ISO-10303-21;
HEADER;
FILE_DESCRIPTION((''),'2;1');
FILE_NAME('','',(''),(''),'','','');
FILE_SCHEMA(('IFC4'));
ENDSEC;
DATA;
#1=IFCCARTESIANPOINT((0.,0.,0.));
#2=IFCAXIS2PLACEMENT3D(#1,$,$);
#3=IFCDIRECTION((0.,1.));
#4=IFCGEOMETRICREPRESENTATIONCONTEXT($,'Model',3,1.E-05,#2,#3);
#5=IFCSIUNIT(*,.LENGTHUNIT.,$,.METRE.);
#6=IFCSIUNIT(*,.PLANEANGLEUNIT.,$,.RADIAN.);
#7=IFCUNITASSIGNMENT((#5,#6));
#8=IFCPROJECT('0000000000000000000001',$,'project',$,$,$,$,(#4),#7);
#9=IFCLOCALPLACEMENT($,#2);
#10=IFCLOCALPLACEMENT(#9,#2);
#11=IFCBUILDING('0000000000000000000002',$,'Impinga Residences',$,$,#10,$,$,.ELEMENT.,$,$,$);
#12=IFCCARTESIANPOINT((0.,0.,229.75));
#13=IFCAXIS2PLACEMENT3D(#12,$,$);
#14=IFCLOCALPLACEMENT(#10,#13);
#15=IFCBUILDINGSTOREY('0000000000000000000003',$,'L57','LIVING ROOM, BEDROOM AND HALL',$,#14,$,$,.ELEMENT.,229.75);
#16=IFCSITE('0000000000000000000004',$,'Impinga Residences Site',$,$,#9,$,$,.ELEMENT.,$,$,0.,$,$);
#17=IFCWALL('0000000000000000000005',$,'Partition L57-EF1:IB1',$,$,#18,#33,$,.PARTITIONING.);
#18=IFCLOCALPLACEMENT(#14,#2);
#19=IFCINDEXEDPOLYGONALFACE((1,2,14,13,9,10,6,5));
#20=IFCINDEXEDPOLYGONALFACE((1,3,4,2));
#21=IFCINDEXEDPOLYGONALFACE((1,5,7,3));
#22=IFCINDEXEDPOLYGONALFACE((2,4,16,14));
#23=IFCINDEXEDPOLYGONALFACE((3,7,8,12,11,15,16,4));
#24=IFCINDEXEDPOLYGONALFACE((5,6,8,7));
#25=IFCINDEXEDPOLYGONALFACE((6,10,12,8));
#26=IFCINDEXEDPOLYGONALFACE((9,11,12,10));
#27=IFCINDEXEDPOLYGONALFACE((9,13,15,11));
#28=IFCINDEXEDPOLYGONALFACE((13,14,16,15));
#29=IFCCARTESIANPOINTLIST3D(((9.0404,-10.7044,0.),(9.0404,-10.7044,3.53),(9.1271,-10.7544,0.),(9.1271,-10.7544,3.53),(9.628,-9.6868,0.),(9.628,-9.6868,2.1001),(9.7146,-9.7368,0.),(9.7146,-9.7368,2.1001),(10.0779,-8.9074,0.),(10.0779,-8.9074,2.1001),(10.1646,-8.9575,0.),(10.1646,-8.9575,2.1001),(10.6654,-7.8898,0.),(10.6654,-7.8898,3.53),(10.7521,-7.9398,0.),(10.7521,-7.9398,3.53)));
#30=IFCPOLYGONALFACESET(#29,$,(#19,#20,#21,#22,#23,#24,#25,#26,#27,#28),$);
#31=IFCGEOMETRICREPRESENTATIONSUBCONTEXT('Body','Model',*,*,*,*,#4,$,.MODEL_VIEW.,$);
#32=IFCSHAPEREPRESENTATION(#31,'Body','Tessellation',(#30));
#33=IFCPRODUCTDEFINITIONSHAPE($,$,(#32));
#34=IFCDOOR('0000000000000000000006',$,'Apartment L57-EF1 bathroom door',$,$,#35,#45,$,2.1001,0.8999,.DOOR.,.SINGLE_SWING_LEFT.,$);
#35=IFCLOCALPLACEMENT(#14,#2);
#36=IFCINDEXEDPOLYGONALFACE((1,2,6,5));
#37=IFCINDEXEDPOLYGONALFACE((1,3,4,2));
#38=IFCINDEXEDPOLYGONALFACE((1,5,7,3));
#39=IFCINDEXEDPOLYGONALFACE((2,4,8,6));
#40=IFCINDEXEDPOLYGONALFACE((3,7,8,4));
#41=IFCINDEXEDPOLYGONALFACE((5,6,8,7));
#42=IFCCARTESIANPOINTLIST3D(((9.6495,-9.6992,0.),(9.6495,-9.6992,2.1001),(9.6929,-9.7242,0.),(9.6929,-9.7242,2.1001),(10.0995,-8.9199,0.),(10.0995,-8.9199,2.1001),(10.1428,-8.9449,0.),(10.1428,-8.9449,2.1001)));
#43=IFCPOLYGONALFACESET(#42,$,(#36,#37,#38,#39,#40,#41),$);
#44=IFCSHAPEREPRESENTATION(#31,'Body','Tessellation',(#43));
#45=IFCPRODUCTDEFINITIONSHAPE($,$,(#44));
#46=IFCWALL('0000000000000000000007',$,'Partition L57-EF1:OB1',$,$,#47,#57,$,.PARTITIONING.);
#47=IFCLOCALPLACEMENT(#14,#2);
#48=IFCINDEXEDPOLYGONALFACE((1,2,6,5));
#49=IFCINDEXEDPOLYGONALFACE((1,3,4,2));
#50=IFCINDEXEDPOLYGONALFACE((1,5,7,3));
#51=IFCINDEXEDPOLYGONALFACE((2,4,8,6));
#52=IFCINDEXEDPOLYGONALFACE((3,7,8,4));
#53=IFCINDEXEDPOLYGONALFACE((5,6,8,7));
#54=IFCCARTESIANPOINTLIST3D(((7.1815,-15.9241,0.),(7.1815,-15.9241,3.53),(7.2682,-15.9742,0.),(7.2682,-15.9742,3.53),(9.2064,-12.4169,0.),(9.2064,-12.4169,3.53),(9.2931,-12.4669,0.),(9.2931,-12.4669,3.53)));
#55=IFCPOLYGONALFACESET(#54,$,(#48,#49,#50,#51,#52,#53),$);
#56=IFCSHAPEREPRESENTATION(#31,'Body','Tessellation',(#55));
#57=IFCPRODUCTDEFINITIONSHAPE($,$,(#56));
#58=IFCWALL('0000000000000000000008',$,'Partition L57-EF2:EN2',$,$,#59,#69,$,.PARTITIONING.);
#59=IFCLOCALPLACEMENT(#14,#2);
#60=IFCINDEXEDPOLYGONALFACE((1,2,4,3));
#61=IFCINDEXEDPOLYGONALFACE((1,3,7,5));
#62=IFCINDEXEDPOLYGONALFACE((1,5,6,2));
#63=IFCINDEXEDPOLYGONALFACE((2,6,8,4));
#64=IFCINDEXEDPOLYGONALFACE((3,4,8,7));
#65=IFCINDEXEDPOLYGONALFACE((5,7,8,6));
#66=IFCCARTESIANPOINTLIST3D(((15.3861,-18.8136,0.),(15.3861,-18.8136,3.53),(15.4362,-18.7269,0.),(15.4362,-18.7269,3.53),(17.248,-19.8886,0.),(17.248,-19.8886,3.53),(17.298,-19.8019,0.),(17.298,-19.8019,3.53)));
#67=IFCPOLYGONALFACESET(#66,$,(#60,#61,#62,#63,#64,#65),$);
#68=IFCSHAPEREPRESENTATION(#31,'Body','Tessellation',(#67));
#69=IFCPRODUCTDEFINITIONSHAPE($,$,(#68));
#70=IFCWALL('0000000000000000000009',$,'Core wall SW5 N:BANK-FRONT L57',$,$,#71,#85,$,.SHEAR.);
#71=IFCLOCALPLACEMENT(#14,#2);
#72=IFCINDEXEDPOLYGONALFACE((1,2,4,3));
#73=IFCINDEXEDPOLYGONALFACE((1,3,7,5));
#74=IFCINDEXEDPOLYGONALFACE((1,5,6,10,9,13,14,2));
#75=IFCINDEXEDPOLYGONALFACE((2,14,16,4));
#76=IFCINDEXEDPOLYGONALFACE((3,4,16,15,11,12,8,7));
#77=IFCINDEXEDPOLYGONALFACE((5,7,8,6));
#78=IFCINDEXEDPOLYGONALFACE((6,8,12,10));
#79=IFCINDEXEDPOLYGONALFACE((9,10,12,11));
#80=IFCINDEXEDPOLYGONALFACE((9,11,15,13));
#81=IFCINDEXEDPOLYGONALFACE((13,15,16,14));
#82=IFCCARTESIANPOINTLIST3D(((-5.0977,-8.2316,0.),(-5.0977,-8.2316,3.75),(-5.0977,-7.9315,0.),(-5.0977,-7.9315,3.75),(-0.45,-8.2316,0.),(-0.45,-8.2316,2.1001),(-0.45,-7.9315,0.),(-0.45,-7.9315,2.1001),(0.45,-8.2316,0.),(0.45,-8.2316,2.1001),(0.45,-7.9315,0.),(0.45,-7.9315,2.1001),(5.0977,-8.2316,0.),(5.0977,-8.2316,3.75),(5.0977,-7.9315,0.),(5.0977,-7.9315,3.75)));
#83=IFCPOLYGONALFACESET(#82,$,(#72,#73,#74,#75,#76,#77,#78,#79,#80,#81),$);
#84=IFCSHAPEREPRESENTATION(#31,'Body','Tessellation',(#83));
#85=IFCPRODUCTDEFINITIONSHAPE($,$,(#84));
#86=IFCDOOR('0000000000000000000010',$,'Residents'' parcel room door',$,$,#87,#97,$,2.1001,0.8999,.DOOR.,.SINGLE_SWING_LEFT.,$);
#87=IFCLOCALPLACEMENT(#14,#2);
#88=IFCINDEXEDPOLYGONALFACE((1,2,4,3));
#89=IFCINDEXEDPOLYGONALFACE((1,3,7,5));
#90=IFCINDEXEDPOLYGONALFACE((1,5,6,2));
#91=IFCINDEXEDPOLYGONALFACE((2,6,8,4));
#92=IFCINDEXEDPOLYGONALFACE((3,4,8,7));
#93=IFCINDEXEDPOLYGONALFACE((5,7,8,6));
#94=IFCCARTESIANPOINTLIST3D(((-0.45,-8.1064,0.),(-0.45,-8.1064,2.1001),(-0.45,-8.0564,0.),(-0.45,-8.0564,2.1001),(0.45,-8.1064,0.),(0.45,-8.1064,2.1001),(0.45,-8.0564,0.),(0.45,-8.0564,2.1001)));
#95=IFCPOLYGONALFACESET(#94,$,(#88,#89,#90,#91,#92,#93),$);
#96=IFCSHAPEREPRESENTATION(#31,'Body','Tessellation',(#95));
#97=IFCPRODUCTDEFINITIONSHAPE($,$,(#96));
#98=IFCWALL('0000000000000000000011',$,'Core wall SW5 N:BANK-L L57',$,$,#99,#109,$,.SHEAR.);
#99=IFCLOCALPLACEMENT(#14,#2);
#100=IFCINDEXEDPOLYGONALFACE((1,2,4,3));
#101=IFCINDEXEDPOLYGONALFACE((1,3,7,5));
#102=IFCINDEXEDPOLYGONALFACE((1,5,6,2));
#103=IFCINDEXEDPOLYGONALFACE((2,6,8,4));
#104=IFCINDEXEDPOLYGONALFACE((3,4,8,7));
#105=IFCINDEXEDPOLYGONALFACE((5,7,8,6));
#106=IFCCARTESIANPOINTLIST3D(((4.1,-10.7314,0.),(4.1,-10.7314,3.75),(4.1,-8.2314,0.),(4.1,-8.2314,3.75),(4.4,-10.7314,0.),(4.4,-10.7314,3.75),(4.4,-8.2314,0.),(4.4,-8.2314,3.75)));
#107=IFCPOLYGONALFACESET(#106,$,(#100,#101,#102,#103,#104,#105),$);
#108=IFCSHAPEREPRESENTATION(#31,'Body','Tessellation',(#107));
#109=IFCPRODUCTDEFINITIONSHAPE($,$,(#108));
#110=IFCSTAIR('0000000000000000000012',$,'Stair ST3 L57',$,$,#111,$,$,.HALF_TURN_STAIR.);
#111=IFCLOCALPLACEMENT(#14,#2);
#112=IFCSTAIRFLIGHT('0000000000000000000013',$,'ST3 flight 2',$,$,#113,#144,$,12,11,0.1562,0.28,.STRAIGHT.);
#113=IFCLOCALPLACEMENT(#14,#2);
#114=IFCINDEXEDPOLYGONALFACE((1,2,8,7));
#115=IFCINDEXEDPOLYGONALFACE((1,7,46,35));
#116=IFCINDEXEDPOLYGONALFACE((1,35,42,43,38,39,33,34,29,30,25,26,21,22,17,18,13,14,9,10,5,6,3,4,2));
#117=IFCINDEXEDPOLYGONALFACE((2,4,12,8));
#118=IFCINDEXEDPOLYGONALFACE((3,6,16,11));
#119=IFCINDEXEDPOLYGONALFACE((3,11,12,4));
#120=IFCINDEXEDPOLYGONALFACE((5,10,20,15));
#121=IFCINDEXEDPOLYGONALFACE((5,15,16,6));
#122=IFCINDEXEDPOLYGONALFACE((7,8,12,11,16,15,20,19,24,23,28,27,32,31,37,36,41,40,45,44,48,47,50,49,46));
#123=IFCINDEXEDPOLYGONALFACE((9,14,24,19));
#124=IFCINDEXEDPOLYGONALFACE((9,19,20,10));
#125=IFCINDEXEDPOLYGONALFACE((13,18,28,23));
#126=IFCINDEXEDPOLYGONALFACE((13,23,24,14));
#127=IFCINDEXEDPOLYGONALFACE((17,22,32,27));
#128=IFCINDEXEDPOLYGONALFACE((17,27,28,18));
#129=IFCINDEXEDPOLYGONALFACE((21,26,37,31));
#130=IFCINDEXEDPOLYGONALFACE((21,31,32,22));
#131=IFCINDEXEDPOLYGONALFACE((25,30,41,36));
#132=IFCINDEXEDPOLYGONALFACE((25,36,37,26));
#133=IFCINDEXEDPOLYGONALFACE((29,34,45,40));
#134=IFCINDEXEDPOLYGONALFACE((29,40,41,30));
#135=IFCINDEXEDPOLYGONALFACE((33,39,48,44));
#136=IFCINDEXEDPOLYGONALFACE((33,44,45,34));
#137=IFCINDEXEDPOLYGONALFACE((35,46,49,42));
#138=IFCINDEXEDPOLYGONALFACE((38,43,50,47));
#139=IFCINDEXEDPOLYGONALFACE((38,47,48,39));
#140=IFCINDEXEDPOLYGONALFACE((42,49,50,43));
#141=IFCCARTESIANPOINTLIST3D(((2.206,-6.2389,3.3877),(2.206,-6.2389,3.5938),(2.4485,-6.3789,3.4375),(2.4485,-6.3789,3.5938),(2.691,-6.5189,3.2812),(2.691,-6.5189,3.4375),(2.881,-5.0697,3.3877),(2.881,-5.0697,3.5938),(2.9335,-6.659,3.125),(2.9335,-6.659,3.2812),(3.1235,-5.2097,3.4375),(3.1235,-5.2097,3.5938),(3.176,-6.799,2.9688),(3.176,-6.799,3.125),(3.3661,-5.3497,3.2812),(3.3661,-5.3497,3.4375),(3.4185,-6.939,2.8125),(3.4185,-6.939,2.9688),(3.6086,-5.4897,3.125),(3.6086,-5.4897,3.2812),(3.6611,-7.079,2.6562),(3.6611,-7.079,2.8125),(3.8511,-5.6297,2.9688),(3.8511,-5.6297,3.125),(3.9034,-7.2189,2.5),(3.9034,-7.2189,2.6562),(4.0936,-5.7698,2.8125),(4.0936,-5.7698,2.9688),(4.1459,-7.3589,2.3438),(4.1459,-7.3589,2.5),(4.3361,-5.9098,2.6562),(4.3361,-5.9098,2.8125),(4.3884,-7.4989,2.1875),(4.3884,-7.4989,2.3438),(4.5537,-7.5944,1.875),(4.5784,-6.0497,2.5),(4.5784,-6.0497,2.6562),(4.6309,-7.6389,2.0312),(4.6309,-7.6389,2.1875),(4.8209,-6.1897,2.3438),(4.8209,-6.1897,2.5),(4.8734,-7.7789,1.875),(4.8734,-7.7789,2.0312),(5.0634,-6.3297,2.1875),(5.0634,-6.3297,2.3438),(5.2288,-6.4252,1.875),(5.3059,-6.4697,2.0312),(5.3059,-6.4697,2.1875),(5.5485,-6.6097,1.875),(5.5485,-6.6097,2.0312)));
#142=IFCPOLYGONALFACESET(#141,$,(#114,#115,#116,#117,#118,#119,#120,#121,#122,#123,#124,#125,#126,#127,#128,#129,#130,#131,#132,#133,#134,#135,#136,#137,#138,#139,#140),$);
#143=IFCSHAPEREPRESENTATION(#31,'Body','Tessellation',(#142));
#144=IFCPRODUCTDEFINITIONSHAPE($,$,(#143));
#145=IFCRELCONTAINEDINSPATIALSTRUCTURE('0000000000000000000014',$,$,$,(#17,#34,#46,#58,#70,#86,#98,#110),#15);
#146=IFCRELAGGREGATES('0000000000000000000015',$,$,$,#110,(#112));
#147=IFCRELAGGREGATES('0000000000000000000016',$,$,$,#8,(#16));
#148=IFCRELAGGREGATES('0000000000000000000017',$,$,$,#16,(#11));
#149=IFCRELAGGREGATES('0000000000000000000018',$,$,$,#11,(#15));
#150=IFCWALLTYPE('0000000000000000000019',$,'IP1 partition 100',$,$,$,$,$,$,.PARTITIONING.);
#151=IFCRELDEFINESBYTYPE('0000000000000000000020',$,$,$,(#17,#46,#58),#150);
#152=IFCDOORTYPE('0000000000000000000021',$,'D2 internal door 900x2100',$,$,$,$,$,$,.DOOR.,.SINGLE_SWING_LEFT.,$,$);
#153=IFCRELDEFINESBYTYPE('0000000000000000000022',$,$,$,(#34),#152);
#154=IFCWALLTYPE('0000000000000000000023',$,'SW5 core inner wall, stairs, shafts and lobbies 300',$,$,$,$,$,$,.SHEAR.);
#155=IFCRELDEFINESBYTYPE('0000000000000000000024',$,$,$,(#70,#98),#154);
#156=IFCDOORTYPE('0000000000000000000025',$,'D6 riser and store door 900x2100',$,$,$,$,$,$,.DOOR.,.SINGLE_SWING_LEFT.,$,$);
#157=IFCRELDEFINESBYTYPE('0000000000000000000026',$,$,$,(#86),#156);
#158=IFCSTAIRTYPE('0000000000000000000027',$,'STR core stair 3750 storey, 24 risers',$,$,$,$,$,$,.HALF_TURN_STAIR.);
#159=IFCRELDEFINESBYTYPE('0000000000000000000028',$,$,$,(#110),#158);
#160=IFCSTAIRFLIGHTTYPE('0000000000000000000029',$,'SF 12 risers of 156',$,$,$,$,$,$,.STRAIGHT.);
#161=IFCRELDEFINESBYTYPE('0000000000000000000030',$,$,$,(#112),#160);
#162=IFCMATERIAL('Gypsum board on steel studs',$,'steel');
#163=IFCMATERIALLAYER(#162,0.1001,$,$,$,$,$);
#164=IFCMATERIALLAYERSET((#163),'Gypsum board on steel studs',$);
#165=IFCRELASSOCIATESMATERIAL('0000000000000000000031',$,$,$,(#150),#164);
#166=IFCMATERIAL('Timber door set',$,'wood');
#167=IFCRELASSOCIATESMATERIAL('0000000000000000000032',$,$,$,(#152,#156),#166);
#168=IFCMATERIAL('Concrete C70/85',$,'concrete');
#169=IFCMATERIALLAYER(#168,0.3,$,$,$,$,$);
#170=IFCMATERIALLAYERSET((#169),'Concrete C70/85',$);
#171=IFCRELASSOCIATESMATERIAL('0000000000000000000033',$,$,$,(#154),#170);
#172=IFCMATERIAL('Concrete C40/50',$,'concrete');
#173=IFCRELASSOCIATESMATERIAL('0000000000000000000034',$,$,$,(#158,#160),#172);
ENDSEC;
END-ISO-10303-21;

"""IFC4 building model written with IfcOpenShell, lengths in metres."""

from ifc_helpers import new_model, si_unit, direction, frame, frame_2d, origin, place, context, subcontext, project, spatial, polyline, rectangle, outline, extrude, material, layer, layer_set, type_object, element, fill, aggregate, save


model = new_model("IFC4")

# Units and contexts
model_context = context("Model", 3, precision=1e-05, world=origin(), true_north=direction((0.0, 1.0)))
body_context = subcontext(model_context, "Body", "Model", "MODEL_VIEW")
ifc_project = project(units=[si_unit("LENGTHUNIT", "METRE"), si_unit("PLANEANGLEUNIT", "RADIAN")], contexts=[model_context])

# Site, building, storey
site_placement = place(None, origin())
site = spatial("IfcSite", under=ifc_project, at=site_placement, Name="Impinga Residences Site", CompositionType="ELEMENT", RefElevation=0.0)
building_placement = place(site_placement, origin())
building = spatial("IfcBuilding", under=site, at=building_placement, Name="Impinga Residences", CompositionType="ELEMENT")
storey_placement = place(building_placement, frame((0.0, 0.0, 229.75)))
storey = spatial("IfcBuildingStorey", under=building, at=storey_placement, Name="L57", Description="LIVING ROOM, BEDROOM AND HALL", CompositionType="ELEMENT", Elevation=229.75)

# Shared definitions
ifc_material_1 = material(Name="Gypsum board on steel studs", Category="steel")
ifc_layer_1 = layer(ifc_material_1, 0.1001)
ifc_layer_set_1 = layer_set([ifc_layer_1], Name="Gypsum board on steel studs")
wall_type_1 = type_object("IfcWallType", Name="IP1 partition 100", PredefinedType="PARTITIONING", material=ifc_layer_set_1)

# Shared definitions
ifc_material_2 = material(Name="Timber door set", Category="wood")
door_type_1 = type_object("IfcDoorType", Name="D2 internal door 900x2100", OperationType="SINGLE_SWING_LEFT", PredefinedType="DOOR", material=ifc_material_2)

# Wall, opening, door
wall_1_placement = place(storey_placement, frame((10.7087, -7.9148, 0.0), z_axis=(0.0, 0.0, 1.0), x_axis=(-0.499985, -0.866034, 0.0)))
wall_1 = element("IfcWall", 1, at=wall_1_placement, inside=storey, type_object=wall_type_1, Name="Partition L57-EF1:IB1", PredefinedType="PARTITIONING", context=body_context, shape_type="SweptSolid", body=[
    extrude(rectangle(XDim=3.25, YDim=0.1001, at=frame_2d((1.625, 0.0))), origin(), (0.0, 0.0, 1.0), 3.53),
])
opening_1_placement = place(wall_1_placement, frame((1.175, 0.0, 0.0)))
opening_1 = element("IfcOpeningElement", 2, at=opening_1_placement, cuts=wall_1, PredefinedType="OPENING", context=body_context, shape_type="SweptSolid", body=[
    extrude(rectangle(XDim=0.8999, YDim=2.1001, at=frame_2d((0.45, 1.05))), frame((0.0, 0.0601, 0.0), z_axis=(0.0, -1.0, 0.0), x_axis=(1.0, 0.0, 0.0)), (0.0, 0.0, 1.0), 0.1201),
])
door_1_placement = place(opening_1_placement, origin())
door_1 = element("IfcDoor", 3, at=door_1_placement, inside=storey, type_object=door_type_1, Name="Apartment L57-EF1 bathroom door", OperationType="SINGLE_SWING_LEFT", OverallHeight=2.1001, OverallWidth=0.8999, PredefinedType="DOOR", context=body_context, shape_type="SweptSolid", body=[
    extrude(rectangle(XDim=0.8999, YDim=2.1001, at=frame_2d((0.45, 1.05))), frame((0.0, 0.0249, 0.0), z_axis=(0.0, -1.0, 0.0), x_axis=(1.0, 0.0, 0.0)), (0.0, 0.0, 1.0), 0.05),
])
fill(opening_1, door_1)

# Walls
wall_2_placement = place(storey_placement, frame((9.2498, -12.4419, 0.0), z_axis=(0.0, 0.0, 1.0), x_axis=(-0.49999, -0.866031, 0.0)))
element("IfcWall", 4, at=wall_2_placement, inside=storey, type_object=wall_type_1, Name="Partition L57-EF1:OB1", PredefinedType="PARTITIONING", context=body_context, shape_type="SweptSolid", body=[
    extrude(rectangle(XDim=4.0498, YDim=0.1001, at=frame_2d((2.0249, 0.0))), origin(), (0.0, 0.0, 1.0), 3.53),
])
wall_3_placement = place(storey_placement, frame((15.4111, -18.7703, 0.0), z_axis=(0.0, 0.0, 1.0), x_axis=(0.866019, -0.500011, 0.0)))
element("IfcWall", 5, at=wall_3_placement, inside=storey, type_object=wall_type_1, Name="Partition L57-EF2:EN2", PredefinedType="PARTITIONING", context=body_context, shape_type="SweptSolid", body=[
    extrude(rectangle(XDim=2.1499, YDim=0.1001, at=frame_2d((1.075, 0.0))), origin(), (0.0, 0.0, 1.0), 3.53),
])

# Wall, opening, door
ifc_material_3 = material(Name="Concrete C70/85", Category="concrete")
ifc_layer_2 = layer(ifc_material_3, 0.3)
ifc_layer_set_2 = layer_set([ifc_layer_2], Name="Concrete C70/85")
wall_type_2 = type_object("IfcWallType", Name="SW5 core inner wall, stairs, shafts and lobbies 300", PredefinedType="SHEAR", material=ifc_layer_set_2)
wall_4_placement = place(storey_placement, frame((5.0977, -8.0815, 0.0), z_axis=(0.0, 0.0, 1.0), x_axis=(-1.0, 0.0, 0.0)))
wall_4 = element("IfcWall", 6, at=wall_4_placement, inside=storey, type_object=wall_type_2, Name="Core wall SW5 N:BANK-FRONT L57", PredefinedType="SHEAR", context=body_context, shape_type="SweptSolid", body=[
    extrude(rectangle(XDim=10.1953, YDim=0.3, at=frame_2d((5.0977, 0.0))), origin(), (0.0, 0.0, 1.0), 3.75),
])
opening_2_placement = place(wall_4_placement, frame((4.6477, 0.0, 0.0)))
opening_2 = element("IfcOpeningElement", 7, at=opening_2_placement, cuts=wall_4, PredefinedType="OPENING", context=body_context, shape_type="SweptSolid", body=[
    extrude(rectangle(XDim=0.8999, YDim=2.1001, at=frame_2d((0.45, 1.05))), frame((0.0, 0.1599, 0.0), z_axis=(0.0, -1.0, 0.0), x_axis=(1.0, 0.0, 0.0)), (0.0, 0.0, 1.0), 0.3201),
])
door_type_2 = type_object("IfcDoorType", Name="D6 riser and store door 900x2100", OperationType="SINGLE_SWING_LEFT", PredefinedType="DOOR", material=ifc_material_2)
door_2_placement = place(opening_2_placement, origin())
door_2 = element("IfcDoor", 8, at=door_2_placement, inside=storey, type_object=door_type_2, Name="Residents' parcel room door", OperationType="SINGLE_SWING_LEFT", OverallHeight=2.1001, OverallWidth=0.8999, PredefinedType="DOOR", context=body_context, shape_type="SweptSolid", body=[
    extrude(rectangle(XDim=0.8999, YDim=2.1001, at=frame_2d((0.45, 1.05))), frame((0.0, 0.0249, 0.0), z_axis=(0.0, -1.0, 0.0), x_axis=(1.0, 0.0, 0.0)), (0.0, 0.0, 1.0), 0.05),
])
fill(opening_2, door_2)

# Wall
wall_5_placement = place(storey_placement, frame((4.25, -8.2314, 0.0), z_axis=(0.0, 0.0, 1.0), x_axis=(0.0, -1.0, 0.0)))
element("IfcWall", 9, at=wall_5_placement, inside=storey, type_object=wall_type_2, Name="Core wall SW5 N:BANK-L L57", PredefinedType="SHEAR", context=body_context, shape_type="SweptSolid", body=[
    extrude(rectangle(XDim=2.5, YDim=0.3, at=frame_2d((1.25, 0.0))), origin(), (0.0, 0.0, 1.0), 3.75),
])

# Stair, stair flight
ifc_material_4 = material(Name="Concrete C40/50", Category="concrete")
stair_type = type_object("IfcStairType", Name="STR core stair 3750 storey, 24 risers", PredefinedType="HALF_TURN_STAIR", material=ifc_material_4)
stair_placement = place(storey_placement, origin())
stair = element("IfcStair", 10, at=stair_placement, inside=storey, type_object=stair_type, Name="Stair ST3 L57", PredefinedType="HALF_TURN_STAIR")
stair_flight_type = type_object("IfcStairFlightType", Name="SF 12 risers of 156", PredefinedType="STRAIGHT", material=ifc_material_4)
stair_flight_placement = place(storey_placement, frame((5.2109, -7.1943, 1.875), z_axis=(0.0, 0.0, 1.0), x_axis=(-0.866025, 0.5, 0.0)))
stair_flight = element("IfcStairFlight", 11, at=stair_flight_placement, type_object=stair_flight_type, Name="ST3 flight 2", NumberOfRisers=12, NumberOfTreads=11, PredefinedType="STRAIGHT", RiserHeight=0.1562, TreadLength=0.28, context=body_context, shape_type="SweptSolid", body=[
    extrude(outline(polyline([(0.0, 0.0), (0.0, 0.1562), (0.28, 0.1562), (0.28, 0.3125), (0.5601, 0.3125), (0.5601, 0.4688), (0.8401, 0.4688), (0.8401, 0.625), (1.1201, 0.625), (1.1201, 0.7812), (1.3999, 0.7812), (1.3999, 0.9375), (1.6799, 0.9375), (1.6799, 1.0938), (1.96, 1.0938), (1.96, 1.25), (2.24, 1.25), (2.24, 1.4062), (2.52, 1.4062), (2.52, 1.5625), (2.8, 1.5625), (2.8, 1.7188), (3.0801, 1.7188), (3.0801, 1.875), (3.0801, 1.5127), (0.3691, 0.0), (0.0, 0.0)])), frame((0.0, 0.675, 0.0), z_axis=(0.0, -1.0, 0.0), x_axis=(1.0, 0.0, 0.0)), (0.0, 0.0, 1.0), 1.3501),
])
aggregate(stair, [stair_flight])

save(model, "model.ifc")
